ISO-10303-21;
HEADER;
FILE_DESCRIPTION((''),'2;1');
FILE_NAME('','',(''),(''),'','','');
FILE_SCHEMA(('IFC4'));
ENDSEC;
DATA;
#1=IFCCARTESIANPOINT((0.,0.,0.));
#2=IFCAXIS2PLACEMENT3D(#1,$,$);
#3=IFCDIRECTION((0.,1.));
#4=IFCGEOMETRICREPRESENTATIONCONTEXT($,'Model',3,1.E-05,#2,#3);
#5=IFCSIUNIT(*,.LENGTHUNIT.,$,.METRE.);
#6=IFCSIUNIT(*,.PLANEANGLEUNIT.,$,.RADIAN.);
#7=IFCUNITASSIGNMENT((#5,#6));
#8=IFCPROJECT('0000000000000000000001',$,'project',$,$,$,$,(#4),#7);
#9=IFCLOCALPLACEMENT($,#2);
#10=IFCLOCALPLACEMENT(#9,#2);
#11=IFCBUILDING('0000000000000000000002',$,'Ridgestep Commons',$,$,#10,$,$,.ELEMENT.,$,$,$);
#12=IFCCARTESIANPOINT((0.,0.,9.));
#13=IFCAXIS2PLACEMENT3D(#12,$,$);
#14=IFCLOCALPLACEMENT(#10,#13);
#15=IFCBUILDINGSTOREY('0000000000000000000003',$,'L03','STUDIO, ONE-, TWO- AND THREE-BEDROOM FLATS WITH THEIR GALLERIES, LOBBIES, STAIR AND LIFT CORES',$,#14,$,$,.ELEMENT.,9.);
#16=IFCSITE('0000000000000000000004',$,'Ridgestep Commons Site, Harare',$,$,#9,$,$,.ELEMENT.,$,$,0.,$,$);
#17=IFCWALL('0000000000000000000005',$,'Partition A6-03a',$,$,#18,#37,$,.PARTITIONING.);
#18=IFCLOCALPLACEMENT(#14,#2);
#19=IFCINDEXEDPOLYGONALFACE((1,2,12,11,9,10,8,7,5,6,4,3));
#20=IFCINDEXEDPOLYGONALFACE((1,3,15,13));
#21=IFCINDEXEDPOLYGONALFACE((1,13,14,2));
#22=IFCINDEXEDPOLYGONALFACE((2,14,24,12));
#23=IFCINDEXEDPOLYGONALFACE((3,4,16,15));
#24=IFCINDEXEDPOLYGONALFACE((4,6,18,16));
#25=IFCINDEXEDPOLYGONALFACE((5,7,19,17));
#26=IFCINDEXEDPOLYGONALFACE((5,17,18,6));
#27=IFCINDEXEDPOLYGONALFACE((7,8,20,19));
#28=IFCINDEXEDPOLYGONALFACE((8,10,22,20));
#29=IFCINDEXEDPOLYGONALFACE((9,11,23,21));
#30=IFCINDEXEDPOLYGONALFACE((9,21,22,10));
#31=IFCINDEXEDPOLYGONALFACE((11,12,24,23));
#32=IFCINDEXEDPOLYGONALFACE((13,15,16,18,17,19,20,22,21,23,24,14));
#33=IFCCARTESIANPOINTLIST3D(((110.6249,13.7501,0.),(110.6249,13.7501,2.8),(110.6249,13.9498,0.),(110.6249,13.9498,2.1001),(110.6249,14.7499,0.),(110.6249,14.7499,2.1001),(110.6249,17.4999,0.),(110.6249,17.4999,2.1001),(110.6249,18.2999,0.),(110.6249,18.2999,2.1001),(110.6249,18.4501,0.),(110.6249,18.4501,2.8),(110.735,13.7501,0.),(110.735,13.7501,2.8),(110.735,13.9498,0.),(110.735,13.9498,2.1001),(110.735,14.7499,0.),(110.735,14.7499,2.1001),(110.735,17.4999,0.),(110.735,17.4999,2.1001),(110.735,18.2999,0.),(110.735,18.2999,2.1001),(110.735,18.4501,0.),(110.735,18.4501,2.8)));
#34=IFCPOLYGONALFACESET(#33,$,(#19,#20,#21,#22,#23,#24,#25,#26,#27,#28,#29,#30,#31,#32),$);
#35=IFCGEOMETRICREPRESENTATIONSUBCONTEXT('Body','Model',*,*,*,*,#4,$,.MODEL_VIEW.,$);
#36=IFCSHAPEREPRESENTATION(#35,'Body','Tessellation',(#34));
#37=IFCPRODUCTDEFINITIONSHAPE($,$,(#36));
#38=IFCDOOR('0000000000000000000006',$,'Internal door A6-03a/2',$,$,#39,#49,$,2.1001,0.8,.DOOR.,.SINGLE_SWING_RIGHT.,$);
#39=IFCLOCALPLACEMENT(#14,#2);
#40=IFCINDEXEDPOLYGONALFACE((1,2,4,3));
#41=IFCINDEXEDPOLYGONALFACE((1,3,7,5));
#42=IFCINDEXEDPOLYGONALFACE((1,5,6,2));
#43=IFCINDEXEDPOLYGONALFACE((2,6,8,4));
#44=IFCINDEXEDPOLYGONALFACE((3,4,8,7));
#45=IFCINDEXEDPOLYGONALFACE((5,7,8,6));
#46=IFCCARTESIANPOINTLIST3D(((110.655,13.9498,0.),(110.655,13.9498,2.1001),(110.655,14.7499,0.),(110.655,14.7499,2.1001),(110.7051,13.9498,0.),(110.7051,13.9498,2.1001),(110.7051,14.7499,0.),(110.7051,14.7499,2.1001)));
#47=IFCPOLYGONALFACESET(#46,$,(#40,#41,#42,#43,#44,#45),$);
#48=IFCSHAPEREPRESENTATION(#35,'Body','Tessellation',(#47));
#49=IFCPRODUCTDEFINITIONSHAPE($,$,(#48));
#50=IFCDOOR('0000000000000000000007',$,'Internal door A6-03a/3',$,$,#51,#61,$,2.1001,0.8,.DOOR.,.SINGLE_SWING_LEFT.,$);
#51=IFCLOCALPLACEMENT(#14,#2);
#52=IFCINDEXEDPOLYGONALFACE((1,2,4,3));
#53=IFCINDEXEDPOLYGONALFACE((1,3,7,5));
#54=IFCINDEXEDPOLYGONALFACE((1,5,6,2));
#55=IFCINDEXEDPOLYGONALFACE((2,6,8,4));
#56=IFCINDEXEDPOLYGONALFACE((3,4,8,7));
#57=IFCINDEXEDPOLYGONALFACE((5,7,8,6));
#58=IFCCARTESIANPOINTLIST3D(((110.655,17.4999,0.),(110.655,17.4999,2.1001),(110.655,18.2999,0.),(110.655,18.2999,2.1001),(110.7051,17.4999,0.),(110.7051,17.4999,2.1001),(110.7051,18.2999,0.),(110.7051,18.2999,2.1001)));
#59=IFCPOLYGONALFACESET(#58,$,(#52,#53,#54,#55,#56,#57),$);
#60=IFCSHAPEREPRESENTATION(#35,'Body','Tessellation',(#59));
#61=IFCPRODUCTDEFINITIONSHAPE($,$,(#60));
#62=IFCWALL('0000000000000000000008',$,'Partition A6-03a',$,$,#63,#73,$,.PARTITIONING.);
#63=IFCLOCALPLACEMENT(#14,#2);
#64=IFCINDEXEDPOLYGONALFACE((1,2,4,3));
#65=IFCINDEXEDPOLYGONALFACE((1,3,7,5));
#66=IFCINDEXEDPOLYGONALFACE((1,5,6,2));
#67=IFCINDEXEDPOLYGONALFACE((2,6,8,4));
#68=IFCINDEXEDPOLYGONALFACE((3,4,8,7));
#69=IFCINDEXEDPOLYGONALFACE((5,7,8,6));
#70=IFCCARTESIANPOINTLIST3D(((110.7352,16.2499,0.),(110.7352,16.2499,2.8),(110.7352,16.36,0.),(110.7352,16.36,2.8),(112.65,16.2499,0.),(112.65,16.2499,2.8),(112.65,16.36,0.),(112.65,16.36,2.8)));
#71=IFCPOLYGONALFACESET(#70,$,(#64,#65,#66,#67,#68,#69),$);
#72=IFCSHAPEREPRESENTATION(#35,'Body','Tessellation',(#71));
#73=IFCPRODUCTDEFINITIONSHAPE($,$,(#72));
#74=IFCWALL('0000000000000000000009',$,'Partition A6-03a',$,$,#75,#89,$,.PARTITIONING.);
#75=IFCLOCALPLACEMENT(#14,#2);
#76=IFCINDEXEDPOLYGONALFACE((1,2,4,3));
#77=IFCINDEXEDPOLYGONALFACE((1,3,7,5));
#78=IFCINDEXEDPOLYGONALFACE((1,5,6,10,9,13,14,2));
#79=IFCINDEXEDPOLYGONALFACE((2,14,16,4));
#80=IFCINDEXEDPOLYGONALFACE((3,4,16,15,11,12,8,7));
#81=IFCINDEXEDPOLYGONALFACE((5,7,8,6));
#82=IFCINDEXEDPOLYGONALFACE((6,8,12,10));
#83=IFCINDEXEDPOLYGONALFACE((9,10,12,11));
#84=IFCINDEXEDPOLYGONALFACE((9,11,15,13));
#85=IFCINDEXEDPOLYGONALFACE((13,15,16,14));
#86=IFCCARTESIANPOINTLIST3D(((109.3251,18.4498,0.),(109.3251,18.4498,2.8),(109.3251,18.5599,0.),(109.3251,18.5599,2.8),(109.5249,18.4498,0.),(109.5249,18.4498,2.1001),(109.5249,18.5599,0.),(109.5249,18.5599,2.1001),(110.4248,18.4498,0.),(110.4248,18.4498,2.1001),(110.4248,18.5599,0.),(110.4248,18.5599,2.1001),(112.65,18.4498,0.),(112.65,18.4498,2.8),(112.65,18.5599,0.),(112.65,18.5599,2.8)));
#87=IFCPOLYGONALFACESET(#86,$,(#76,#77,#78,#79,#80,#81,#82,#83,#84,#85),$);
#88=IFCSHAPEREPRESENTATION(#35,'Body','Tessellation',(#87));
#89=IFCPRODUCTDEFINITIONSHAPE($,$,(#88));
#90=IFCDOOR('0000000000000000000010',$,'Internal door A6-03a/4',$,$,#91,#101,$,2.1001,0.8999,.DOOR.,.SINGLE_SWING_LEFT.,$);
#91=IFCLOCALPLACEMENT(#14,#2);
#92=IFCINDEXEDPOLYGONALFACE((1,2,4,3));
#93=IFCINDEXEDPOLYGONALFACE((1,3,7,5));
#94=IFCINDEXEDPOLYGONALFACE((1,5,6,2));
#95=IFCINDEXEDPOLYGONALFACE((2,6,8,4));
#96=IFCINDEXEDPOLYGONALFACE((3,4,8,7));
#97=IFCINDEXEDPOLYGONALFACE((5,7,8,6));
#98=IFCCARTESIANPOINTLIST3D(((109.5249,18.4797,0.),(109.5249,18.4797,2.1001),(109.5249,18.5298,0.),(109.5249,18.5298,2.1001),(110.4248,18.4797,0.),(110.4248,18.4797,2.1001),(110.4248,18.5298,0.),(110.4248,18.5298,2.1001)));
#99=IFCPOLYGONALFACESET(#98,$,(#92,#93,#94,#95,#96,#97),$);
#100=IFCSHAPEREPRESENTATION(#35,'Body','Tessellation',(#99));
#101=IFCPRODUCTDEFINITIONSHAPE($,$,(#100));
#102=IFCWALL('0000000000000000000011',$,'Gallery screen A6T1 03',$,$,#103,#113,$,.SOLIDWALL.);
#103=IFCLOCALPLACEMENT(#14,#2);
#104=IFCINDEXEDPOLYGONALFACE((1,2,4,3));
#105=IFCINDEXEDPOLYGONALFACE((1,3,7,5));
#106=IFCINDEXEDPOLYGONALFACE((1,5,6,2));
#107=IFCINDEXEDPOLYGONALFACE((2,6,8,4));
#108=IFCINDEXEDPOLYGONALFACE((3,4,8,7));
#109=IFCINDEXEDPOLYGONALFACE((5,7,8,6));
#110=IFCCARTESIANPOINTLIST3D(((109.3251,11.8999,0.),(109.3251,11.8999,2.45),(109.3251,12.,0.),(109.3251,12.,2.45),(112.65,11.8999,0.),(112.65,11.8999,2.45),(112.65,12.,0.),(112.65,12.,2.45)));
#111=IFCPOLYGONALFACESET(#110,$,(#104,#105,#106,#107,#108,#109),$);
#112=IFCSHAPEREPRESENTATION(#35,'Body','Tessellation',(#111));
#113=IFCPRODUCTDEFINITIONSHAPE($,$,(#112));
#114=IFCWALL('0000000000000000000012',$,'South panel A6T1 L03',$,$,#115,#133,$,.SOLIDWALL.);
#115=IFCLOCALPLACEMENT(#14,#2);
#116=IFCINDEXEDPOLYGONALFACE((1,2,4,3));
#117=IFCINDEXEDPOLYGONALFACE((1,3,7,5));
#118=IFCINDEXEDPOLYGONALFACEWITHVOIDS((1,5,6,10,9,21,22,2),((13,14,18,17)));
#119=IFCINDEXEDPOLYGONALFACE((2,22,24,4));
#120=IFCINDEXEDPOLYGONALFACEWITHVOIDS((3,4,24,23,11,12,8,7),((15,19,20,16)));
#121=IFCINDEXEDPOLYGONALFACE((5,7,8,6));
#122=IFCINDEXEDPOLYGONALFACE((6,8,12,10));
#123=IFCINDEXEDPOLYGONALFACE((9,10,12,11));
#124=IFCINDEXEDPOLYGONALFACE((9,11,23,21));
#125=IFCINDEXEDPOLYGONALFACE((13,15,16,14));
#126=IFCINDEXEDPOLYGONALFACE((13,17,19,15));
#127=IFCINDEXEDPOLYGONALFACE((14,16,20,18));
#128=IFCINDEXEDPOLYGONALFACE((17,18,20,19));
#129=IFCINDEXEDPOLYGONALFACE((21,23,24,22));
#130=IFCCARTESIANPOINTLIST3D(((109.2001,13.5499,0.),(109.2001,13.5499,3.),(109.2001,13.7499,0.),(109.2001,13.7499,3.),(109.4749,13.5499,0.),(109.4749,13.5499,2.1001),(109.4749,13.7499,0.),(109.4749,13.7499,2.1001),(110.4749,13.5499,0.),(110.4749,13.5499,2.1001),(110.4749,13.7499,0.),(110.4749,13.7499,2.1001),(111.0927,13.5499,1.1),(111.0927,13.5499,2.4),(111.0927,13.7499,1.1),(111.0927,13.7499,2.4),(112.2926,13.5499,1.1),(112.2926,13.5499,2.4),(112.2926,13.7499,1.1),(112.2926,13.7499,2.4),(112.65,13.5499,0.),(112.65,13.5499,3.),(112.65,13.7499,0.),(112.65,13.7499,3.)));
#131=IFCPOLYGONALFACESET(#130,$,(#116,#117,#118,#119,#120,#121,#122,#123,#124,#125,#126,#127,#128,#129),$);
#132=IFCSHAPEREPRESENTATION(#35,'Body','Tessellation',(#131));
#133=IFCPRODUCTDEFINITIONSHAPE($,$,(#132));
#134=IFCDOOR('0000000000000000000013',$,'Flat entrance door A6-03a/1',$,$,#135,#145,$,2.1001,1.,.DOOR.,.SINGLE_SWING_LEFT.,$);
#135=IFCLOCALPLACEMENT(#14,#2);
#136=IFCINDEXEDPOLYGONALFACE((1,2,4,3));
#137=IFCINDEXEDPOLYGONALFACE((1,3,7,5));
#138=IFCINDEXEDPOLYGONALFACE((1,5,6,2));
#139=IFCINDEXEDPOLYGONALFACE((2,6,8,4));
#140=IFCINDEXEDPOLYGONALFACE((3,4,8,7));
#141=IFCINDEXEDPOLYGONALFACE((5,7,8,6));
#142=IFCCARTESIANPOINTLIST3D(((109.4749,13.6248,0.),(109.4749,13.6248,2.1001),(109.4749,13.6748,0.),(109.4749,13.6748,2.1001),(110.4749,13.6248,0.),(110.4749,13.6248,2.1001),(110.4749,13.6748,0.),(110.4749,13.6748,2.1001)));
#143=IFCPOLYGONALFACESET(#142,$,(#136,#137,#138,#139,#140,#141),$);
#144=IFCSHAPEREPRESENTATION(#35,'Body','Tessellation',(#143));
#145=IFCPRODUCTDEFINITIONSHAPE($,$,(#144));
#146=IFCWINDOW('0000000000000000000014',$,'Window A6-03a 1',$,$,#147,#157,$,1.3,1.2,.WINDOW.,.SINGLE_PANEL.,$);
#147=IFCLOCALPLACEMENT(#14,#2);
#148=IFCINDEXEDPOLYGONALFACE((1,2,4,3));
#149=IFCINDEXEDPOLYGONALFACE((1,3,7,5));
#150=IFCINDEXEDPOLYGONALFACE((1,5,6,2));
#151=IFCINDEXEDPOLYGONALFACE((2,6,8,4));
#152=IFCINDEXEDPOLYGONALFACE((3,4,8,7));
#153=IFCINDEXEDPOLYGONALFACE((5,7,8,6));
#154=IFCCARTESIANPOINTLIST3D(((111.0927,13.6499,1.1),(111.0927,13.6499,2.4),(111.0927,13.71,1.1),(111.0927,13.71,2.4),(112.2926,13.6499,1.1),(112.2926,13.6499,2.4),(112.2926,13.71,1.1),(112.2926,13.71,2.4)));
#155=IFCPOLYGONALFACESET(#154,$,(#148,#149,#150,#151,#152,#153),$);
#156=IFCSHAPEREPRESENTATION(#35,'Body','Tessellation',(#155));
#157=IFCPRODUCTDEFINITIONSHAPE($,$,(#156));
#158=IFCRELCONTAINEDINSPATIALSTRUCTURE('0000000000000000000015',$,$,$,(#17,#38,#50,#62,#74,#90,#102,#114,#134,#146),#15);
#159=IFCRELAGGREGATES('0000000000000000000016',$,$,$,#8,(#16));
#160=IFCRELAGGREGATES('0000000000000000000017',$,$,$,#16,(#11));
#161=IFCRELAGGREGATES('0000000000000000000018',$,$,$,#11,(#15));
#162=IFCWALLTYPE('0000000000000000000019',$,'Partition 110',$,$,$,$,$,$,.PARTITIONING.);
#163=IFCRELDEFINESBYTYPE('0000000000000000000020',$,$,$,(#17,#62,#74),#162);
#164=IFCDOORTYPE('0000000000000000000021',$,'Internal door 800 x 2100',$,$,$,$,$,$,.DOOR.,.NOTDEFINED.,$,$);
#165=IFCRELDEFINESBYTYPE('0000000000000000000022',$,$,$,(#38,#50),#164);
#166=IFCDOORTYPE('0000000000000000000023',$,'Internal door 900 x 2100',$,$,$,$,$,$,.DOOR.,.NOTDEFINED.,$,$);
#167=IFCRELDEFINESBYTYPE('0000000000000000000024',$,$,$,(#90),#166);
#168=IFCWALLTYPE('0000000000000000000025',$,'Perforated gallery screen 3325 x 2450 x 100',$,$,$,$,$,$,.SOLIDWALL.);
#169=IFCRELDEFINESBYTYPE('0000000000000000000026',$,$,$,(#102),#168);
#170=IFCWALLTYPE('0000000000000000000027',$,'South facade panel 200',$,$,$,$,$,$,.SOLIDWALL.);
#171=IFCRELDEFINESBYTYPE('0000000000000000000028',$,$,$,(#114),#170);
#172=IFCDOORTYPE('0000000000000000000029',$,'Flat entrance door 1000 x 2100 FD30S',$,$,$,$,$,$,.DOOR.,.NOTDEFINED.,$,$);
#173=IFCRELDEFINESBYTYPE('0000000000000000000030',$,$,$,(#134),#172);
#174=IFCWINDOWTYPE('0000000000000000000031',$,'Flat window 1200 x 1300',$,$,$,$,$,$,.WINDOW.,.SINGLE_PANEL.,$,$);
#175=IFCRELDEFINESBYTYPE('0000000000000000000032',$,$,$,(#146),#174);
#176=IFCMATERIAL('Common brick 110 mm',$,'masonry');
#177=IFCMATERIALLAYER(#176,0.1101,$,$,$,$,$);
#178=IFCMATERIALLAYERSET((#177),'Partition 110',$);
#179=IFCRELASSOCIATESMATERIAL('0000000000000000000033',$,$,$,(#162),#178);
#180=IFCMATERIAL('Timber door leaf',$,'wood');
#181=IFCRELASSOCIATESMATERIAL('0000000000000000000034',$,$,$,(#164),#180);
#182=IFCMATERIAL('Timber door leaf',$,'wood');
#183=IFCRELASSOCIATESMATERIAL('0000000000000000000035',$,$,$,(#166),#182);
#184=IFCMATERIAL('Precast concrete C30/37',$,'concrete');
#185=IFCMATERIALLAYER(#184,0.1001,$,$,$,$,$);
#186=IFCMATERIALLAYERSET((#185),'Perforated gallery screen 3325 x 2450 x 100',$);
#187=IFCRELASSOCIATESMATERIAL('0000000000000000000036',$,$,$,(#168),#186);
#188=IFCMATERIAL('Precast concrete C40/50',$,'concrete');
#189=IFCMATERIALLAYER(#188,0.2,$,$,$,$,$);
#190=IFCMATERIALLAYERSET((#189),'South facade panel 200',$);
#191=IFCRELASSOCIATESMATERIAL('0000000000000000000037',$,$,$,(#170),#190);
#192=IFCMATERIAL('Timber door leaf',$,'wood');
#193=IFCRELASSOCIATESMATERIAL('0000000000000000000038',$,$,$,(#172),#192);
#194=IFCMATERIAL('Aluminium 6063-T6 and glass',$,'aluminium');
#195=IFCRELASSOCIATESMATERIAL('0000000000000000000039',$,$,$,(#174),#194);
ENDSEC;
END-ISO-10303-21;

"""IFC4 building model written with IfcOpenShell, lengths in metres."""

from ifc_helpers import new_model, si_unit, direction, frame, frame_2d, origin, place, context, subcontext, project, spatial, rectangle, extrude, material, layer, layer_set, type_object, element, fill, save


model = new_model("IFC4")

# Units and contexts
model_context = context("Model", 3, precision=1e-05, world=origin(), true_north=direction((0.0, 1.0)))
body_context = subcontext(model_context, "Body", "Model", "MODEL_VIEW")
ifc_project = project(units=[si_unit("LENGTHUNIT", "METRE"), si_unit("PLANEANGLEUNIT", "RADIAN")], contexts=[model_context])

# Site, building, storey
site_placement = place(None, origin())
site = spatial("IfcSite", under=ifc_project, at=site_placement, Name="Ridgestep Commons Site, Harare", CompositionType="ELEMENT", RefElevation=0.0)
building_placement = place(site_placement, origin())
building = spatial("IfcBuilding", under=site, at=building_placement, Name="Ridgestep Commons", CompositionType="ELEMENT")
storey_placement = place(building_placement, frame((0.0, 0.0, 9.0)))
storey = spatial("IfcBuildingStorey", under=building, at=storey_placement, Name="L03", Description="STUDIO, ONE-, TWO- AND THREE-BEDROOM FLATS WITH THEIR GALLERIES, LOBBIES, STAIR AND LIFT CORES", CompositionType="ELEMENT", Elevation=9.0)

# Wall, openings, doors
ifc_material_1 = material(Name="Common brick 110 mm", Category="masonry")
ifc_layer_1 = layer(ifc_material_1, 0.1101)
ifc_layer_set_1 = layer_set([ifc_layer_1], Name="Partition 110")
wall_type_1 = type_object("IfcWallType", Name="Partition 110", PredefinedType="PARTITIONING", material=ifc_layer_set_1)
wall_1_placement = place(storey_placement, frame((110.6799, 13.75, 0.0), z_axis=(0.0, 0.0, 1.0), x_axis=(0.0, 1.0, 0.0)))
wall_1 = element("IfcWall", 1, at=wall_1_placement, inside=storey, type_object=wall_type_1, Name="Partition A6-03a", PredefinedType="PARTITIONING", context=body_context, shape_type="SweptSolid", body=[
    extrude(rectangle(XDim=4.7, YDim=0.1101, at=frame_2d((2.3501, 0.0))), origin(), (0.0, 0.0, 1.0), 2.8),
])
opening_1_placement = place(wall_1_placement, frame((0.2, 0.0, 0.0)))
opening_1 = element("IfcOpeningElement", 2, at=opening_1_placement, cuts=wall_1, PredefinedType="OPENING", context=body_context, shape_type="SweptSolid", body=[
    extrude(rectangle(XDim=0.8, YDim=2.1001, at=frame_2d((0.3999, 1.05))), frame((0.0, 0.0649, 0.0), z_axis=(0.0, -1.0, 0.0), x_axis=(1.0, 0.0, 0.0)), (0.0, 0.0, 1.0), 0.1301),
])
opening_2_placement = place(wall_1_placement, frame((3.75, 0.0, 0.0)))
opening_2 = element("IfcOpeningElement", 3, at=opening_2_placement, cuts=wall_1, PredefinedType="OPENING", context=body_context, shape_type="SweptSolid", body=[
    extrude(rectangle(XDim=0.8, YDim=2.1001, at=frame_2d((0.3999, 1.05))), frame((0.0, 0.0649, 0.0), z_axis=(0.0, -1.0, 0.0), x_axis=(1.0, 0.0, 0.0)), (0.0, 0.0, 1.0), 0.1301),
])
ifc_material_2 = material(Name="Timber door leaf", Category="wood")
door_type_1 = type_object("IfcDoorType", Name="Internal door 800 x 2100", OperationType="NOTDEFINED", PredefinedType="DOOR", material=ifc_material_2)
door_1_placement = place(opening_1_placement, origin())
door_1 = element("IfcDoor", 4, at=door_1_placement, inside=storey, type_object=door_type_1, Name="Internal door A6-03a/2", OperationType="SINGLE_SWING_RIGHT", OverallHeight=2.1001, OverallWidth=0.8, PredefinedType="DOOR", context=body_context, shape_type="SweptSolid", body=[
    extrude(rectangle(XDim=0.8, YDim=2.1001, at=frame_2d((0.3999, 1.05))), frame((0.0, 0.0249, 0.0), z_axis=(0.0, -1.0, 0.0), x_axis=(1.0, 0.0, 0.0)), (0.0, 0.0, 1.0), 0.05),
])
fill(opening_1, door_1)
door_2_placement = place(opening_2_placement, origin())
door_2 = element("IfcDoor", 5, at=door_2_placement, inside=storey, type_object=door_type_1, Name="Internal door A6-03a/3", OperationType="SINGLE_SWING_LEFT", OverallHeight=2.1001, OverallWidth=0.8, PredefinedType="DOOR", context=body_context, shape_type="SweptSolid", body=[
    extrude(rectangle(XDim=0.8, YDim=2.1001, at=frame_2d((0.3999, 1.05))), frame((0.0, 0.0249, 0.0), z_axis=(0.0, -1.0, 0.0), x_axis=(1.0, 0.0, 0.0)), (0.0, 0.0, 1.0), 0.05),
])
fill(opening_2, door_2)

# Wall
wall_2_placement = place(storey_placement, frame((110.7351, 16.3049, 0.0), z_axis=(0.0, 0.0, 1.0), x_axis=(1.0, 0.0, 0.0)))
element("IfcWall", 6, at=wall_2_placement, inside=storey, type_object=wall_type_1, Name="Partition A6-03a", PredefinedType="PARTITIONING", context=body_context, shape_type="SweptSolid", body=[
    extrude(rectangle(XDim=1.9148, YDim=0.1101, at=frame_2d((0.9575, 0.0))), origin(), (0.0, 0.0, 1.0), 2.8),
])

# Wall, opening, door
wall_3_placement = place(storey_placement, frame((109.325, 18.5049, 0.0), z_axis=(0.0, 0.0, 1.0), x_axis=(1.0, 0.0, 0.0)))
wall_3 = element("IfcWall", 7, at=wall_3_placement, inside=storey, type_object=wall_type_1, Name="Partition A6-03a", PredefinedType="PARTITIONING", context=body_context, shape_type="SweptSolid", body=[
    extrude(rectangle(XDim=3.325, YDim=0.1101, at=frame_2d((1.6626, 0.0))), origin(), (0.0, 0.0, 1.0), 2.8),
])
opening_3_placement = place(wall_3_placement, frame((0.2, 0.0, 0.0)))
opening_3 = element("IfcOpeningElement", 8, at=opening_3_placement, cuts=wall_3, PredefinedType="OPENING", context=body_context, shape_type="SweptSolid", body=[
    extrude(rectangle(XDim=0.8999, YDim=2.1001, at=frame_2d((0.45, 1.05))), frame((0.0, 0.0649, 0.0), z_axis=(0.0, -1.0, 0.0), x_axis=(1.0, 0.0, 0.0)), (0.0, 0.0, 1.0), 0.1301),
])
ifc_material_3 = material(Name="Timber door leaf", Category="wood")
door_type_2 = type_object("IfcDoorType", Name="Internal door 900 x 2100", OperationType="NOTDEFINED", PredefinedType="DOOR", material=ifc_material_3)
door_3_placement = place(opening_3_placement, origin())
door_3 = element("IfcDoor", 9, at=door_3_placement, inside=storey, type_object=door_type_2, Name="Internal door A6-03a/4", OperationType="SINGLE_SWING_LEFT", OverallHeight=2.1001, OverallWidth=0.8999, PredefinedType="DOOR", context=body_context, shape_type="SweptSolid", body=[
    extrude(rectangle(XDim=0.8999, YDim=2.1001, at=frame_2d((0.45, 1.05))), frame((0.0, 0.0249, 0.0), z_axis=(0.0, -1.0, 0.0), x_axis=(1.0, 0.0, 0.0)), (0.0, 0.0, 1.0), 0.05),
])
fill(opening_3, door_3)

# Wall
ifc_material_4 = material(Name="Precast concrete C30/37", Category="concrete")
ifc_layer_2 = layer(ifc_material_4, 0.1001)
ifc_layer_set_2 = layer_set([ifc_layer_2], Name="Perforated gallery screen 3325 x 2450 x 100")
wall_type_2 = type_object("IfcWallType", Name="Perforated gallery screen 3325 x 2450 x 100", PredefinedType="SOLIDWALL", material=ifc_layer_set_2)
wall_4_placement = place(storey_placement, frame((109.325, 11.95, 0.0), z_axis=(0.0, 0.0, 1.0), x_axis=(1.0, 0.0, 0.0)))
element("IfcWall", 10, at=wall_4_placement, inside=storey, type_object=wall_type_2, Name="Gallery screen A6T1 03", PredefinedType="SOLIDWALL", context=body_context, shape_type="SweptSolid", body=[
    extrude(rectangle(XDim=3.325, YDim=0.1001, at=frame_2d((1.6626, 0.0))), origin(), (0.0, 0.0, 1.0), 2.45),
])

# Wall, openings, door, window
ifc_material_5 = material(Name="Precast concrete C40/50", Category="concrete")
ifc_layer_3 = layer(ifc_material_5, 0.2)
ifc_layer_set_3 = layer_set([ifc_layer_3], Name="South facade panel 200")
wall_type_3 = type_object("IfcWallType", Name="South facade panel 200", PredefinedType="SOLIDWALL", material=ifc_layer_set_3)
wall_5_placement = place(storey_placement, frame((109.2, 13.6499, 0.0), z_axis=(0.0, 0.0, 1.0), x_axis=(1.0, 0.0, 0.0)))
wall_5 = element("IfcWall", 11, at=wall_5_placement, inside=storey, type_object=wall_type_3, Name="South panel A6T1 L03", PredefinedType="SOLIDWALL", context=body_context, shape_type="SweptSolid", body=[
    extrude(rectangle(XDim=3.45, YDim=0.2, at=frame_2d((1.7251, 0.0))), origin(), (0.0, 0.0, 1.0), 3.0),
])
opening_4_placement = place(wall_5_placement, frame((1.8926, 0.0, 1.1001)))
opening_4 = element("IfcOpeningElement", 12, at=opening_4_placement, cuts=wall_5, PredefinedType="OPENING", context=body_context, shape_type="SweptSolid", body=[
    extrude(rectangle(XDim=1.2, YDim=1.3, at=frame_2d((0.6001, 0.6499))), frame((0.0, 0.1099, 0.0), z_axis=(0.0, -1.0, 0.0), x_axis=(1.0, 0.0, 0.0)), (0.0, 0.0, 1.0), 0.22),
])
opening_5_placement = place(wall_5_placement, frame((0.2749, 0.0, 0.0)))
opening_5 = element("IfcOpeningElement", 13, at=opening_5_placement, cuts=wall_5, PredefinedType="OPENING", context=body_context, shape_type="SweptSolid", body=[
    extrude(rectangle(XDim=1.0, YDim=2.1001, at=frame_2d((0.5, 1.05))), frame((0.0, 0.1099, 0.0), z_axis=(0.0, -1.0, 0.0), x_axis=(1.0, 0.0, 0.0)), (0.0, 0.0, 1.0), 0.22),
])
ifc_material_6 = material(Name="Timber door leaf", Category="wood")
door_type_3 = type_object("IfcDoorType", Name="Flat entrance door 1000 x 2100 FD30S", OperationType="NOTDEFINED", PredefinedType="DOOR", material=ifc_material_6)
door_4_placement = place(opening_5_placement, origin())
door_4 = element("IfcDoor", 14, at=door_4_placement, inside=storey, type_object=door_type_3, Name="Flat entrance door A6-03a/1", OperationType="SINGLE_SWING_LEFT", OverallHeight=2.1001, OverallWidth=1.0, PredefinedType="DOOR", context=body_context, shape_type="SweptSolid", body=[
    extrude(rectangle(XDim=1.0, YDim=2.1001, at=frame_2d((0.5, 1.05))), frame((0.0, 0.0249, 0.0), z_axis=(0.0, -1.0, 0.0), x_axis=(1.0, 0.0, 0.0)), (0.0, 0.0, 1.0), 0.05),
])
fill(opening_5, door_4)
ifc_material_7 = material(Name="Aluminium 6063-T6 and glass", Category="aluminium")
window_type_1 = type_object("IfcWindowType", Name="Flat window 1200 x 1300", PartitioningType="SINGLE_PANEL", PredefinedType="WINDOW", material=ifc_material_7)
window_1_placement = place(opening_4_placement, origin())
window_1 = element("IfcWindow", 15, at=window_1_placement, inside=storey, type_object=window_type_1, Name="Window A6-03a 1", OverallHeight=1.3, OverallWidth=1.2, PartitioningType="SINGLE_PANEL", PredefinedType="WINDOW", context=body_context, shape_type="SweptSolid", body=[
    extrude(rectangle(XDim=1.2, YDim=1.3, at=frame_2d((0.6001, 0.6499))), frame((0.0, 0.0601, 0.0), z_axis=(0.0, -1.0, 0.0), x_axis=(1.0, 0.0, 0.0)), (0.0, 0.0, 1.0), 0.0601),
])
fill(opening_4, window_1)

save(model, "model.ifc")
